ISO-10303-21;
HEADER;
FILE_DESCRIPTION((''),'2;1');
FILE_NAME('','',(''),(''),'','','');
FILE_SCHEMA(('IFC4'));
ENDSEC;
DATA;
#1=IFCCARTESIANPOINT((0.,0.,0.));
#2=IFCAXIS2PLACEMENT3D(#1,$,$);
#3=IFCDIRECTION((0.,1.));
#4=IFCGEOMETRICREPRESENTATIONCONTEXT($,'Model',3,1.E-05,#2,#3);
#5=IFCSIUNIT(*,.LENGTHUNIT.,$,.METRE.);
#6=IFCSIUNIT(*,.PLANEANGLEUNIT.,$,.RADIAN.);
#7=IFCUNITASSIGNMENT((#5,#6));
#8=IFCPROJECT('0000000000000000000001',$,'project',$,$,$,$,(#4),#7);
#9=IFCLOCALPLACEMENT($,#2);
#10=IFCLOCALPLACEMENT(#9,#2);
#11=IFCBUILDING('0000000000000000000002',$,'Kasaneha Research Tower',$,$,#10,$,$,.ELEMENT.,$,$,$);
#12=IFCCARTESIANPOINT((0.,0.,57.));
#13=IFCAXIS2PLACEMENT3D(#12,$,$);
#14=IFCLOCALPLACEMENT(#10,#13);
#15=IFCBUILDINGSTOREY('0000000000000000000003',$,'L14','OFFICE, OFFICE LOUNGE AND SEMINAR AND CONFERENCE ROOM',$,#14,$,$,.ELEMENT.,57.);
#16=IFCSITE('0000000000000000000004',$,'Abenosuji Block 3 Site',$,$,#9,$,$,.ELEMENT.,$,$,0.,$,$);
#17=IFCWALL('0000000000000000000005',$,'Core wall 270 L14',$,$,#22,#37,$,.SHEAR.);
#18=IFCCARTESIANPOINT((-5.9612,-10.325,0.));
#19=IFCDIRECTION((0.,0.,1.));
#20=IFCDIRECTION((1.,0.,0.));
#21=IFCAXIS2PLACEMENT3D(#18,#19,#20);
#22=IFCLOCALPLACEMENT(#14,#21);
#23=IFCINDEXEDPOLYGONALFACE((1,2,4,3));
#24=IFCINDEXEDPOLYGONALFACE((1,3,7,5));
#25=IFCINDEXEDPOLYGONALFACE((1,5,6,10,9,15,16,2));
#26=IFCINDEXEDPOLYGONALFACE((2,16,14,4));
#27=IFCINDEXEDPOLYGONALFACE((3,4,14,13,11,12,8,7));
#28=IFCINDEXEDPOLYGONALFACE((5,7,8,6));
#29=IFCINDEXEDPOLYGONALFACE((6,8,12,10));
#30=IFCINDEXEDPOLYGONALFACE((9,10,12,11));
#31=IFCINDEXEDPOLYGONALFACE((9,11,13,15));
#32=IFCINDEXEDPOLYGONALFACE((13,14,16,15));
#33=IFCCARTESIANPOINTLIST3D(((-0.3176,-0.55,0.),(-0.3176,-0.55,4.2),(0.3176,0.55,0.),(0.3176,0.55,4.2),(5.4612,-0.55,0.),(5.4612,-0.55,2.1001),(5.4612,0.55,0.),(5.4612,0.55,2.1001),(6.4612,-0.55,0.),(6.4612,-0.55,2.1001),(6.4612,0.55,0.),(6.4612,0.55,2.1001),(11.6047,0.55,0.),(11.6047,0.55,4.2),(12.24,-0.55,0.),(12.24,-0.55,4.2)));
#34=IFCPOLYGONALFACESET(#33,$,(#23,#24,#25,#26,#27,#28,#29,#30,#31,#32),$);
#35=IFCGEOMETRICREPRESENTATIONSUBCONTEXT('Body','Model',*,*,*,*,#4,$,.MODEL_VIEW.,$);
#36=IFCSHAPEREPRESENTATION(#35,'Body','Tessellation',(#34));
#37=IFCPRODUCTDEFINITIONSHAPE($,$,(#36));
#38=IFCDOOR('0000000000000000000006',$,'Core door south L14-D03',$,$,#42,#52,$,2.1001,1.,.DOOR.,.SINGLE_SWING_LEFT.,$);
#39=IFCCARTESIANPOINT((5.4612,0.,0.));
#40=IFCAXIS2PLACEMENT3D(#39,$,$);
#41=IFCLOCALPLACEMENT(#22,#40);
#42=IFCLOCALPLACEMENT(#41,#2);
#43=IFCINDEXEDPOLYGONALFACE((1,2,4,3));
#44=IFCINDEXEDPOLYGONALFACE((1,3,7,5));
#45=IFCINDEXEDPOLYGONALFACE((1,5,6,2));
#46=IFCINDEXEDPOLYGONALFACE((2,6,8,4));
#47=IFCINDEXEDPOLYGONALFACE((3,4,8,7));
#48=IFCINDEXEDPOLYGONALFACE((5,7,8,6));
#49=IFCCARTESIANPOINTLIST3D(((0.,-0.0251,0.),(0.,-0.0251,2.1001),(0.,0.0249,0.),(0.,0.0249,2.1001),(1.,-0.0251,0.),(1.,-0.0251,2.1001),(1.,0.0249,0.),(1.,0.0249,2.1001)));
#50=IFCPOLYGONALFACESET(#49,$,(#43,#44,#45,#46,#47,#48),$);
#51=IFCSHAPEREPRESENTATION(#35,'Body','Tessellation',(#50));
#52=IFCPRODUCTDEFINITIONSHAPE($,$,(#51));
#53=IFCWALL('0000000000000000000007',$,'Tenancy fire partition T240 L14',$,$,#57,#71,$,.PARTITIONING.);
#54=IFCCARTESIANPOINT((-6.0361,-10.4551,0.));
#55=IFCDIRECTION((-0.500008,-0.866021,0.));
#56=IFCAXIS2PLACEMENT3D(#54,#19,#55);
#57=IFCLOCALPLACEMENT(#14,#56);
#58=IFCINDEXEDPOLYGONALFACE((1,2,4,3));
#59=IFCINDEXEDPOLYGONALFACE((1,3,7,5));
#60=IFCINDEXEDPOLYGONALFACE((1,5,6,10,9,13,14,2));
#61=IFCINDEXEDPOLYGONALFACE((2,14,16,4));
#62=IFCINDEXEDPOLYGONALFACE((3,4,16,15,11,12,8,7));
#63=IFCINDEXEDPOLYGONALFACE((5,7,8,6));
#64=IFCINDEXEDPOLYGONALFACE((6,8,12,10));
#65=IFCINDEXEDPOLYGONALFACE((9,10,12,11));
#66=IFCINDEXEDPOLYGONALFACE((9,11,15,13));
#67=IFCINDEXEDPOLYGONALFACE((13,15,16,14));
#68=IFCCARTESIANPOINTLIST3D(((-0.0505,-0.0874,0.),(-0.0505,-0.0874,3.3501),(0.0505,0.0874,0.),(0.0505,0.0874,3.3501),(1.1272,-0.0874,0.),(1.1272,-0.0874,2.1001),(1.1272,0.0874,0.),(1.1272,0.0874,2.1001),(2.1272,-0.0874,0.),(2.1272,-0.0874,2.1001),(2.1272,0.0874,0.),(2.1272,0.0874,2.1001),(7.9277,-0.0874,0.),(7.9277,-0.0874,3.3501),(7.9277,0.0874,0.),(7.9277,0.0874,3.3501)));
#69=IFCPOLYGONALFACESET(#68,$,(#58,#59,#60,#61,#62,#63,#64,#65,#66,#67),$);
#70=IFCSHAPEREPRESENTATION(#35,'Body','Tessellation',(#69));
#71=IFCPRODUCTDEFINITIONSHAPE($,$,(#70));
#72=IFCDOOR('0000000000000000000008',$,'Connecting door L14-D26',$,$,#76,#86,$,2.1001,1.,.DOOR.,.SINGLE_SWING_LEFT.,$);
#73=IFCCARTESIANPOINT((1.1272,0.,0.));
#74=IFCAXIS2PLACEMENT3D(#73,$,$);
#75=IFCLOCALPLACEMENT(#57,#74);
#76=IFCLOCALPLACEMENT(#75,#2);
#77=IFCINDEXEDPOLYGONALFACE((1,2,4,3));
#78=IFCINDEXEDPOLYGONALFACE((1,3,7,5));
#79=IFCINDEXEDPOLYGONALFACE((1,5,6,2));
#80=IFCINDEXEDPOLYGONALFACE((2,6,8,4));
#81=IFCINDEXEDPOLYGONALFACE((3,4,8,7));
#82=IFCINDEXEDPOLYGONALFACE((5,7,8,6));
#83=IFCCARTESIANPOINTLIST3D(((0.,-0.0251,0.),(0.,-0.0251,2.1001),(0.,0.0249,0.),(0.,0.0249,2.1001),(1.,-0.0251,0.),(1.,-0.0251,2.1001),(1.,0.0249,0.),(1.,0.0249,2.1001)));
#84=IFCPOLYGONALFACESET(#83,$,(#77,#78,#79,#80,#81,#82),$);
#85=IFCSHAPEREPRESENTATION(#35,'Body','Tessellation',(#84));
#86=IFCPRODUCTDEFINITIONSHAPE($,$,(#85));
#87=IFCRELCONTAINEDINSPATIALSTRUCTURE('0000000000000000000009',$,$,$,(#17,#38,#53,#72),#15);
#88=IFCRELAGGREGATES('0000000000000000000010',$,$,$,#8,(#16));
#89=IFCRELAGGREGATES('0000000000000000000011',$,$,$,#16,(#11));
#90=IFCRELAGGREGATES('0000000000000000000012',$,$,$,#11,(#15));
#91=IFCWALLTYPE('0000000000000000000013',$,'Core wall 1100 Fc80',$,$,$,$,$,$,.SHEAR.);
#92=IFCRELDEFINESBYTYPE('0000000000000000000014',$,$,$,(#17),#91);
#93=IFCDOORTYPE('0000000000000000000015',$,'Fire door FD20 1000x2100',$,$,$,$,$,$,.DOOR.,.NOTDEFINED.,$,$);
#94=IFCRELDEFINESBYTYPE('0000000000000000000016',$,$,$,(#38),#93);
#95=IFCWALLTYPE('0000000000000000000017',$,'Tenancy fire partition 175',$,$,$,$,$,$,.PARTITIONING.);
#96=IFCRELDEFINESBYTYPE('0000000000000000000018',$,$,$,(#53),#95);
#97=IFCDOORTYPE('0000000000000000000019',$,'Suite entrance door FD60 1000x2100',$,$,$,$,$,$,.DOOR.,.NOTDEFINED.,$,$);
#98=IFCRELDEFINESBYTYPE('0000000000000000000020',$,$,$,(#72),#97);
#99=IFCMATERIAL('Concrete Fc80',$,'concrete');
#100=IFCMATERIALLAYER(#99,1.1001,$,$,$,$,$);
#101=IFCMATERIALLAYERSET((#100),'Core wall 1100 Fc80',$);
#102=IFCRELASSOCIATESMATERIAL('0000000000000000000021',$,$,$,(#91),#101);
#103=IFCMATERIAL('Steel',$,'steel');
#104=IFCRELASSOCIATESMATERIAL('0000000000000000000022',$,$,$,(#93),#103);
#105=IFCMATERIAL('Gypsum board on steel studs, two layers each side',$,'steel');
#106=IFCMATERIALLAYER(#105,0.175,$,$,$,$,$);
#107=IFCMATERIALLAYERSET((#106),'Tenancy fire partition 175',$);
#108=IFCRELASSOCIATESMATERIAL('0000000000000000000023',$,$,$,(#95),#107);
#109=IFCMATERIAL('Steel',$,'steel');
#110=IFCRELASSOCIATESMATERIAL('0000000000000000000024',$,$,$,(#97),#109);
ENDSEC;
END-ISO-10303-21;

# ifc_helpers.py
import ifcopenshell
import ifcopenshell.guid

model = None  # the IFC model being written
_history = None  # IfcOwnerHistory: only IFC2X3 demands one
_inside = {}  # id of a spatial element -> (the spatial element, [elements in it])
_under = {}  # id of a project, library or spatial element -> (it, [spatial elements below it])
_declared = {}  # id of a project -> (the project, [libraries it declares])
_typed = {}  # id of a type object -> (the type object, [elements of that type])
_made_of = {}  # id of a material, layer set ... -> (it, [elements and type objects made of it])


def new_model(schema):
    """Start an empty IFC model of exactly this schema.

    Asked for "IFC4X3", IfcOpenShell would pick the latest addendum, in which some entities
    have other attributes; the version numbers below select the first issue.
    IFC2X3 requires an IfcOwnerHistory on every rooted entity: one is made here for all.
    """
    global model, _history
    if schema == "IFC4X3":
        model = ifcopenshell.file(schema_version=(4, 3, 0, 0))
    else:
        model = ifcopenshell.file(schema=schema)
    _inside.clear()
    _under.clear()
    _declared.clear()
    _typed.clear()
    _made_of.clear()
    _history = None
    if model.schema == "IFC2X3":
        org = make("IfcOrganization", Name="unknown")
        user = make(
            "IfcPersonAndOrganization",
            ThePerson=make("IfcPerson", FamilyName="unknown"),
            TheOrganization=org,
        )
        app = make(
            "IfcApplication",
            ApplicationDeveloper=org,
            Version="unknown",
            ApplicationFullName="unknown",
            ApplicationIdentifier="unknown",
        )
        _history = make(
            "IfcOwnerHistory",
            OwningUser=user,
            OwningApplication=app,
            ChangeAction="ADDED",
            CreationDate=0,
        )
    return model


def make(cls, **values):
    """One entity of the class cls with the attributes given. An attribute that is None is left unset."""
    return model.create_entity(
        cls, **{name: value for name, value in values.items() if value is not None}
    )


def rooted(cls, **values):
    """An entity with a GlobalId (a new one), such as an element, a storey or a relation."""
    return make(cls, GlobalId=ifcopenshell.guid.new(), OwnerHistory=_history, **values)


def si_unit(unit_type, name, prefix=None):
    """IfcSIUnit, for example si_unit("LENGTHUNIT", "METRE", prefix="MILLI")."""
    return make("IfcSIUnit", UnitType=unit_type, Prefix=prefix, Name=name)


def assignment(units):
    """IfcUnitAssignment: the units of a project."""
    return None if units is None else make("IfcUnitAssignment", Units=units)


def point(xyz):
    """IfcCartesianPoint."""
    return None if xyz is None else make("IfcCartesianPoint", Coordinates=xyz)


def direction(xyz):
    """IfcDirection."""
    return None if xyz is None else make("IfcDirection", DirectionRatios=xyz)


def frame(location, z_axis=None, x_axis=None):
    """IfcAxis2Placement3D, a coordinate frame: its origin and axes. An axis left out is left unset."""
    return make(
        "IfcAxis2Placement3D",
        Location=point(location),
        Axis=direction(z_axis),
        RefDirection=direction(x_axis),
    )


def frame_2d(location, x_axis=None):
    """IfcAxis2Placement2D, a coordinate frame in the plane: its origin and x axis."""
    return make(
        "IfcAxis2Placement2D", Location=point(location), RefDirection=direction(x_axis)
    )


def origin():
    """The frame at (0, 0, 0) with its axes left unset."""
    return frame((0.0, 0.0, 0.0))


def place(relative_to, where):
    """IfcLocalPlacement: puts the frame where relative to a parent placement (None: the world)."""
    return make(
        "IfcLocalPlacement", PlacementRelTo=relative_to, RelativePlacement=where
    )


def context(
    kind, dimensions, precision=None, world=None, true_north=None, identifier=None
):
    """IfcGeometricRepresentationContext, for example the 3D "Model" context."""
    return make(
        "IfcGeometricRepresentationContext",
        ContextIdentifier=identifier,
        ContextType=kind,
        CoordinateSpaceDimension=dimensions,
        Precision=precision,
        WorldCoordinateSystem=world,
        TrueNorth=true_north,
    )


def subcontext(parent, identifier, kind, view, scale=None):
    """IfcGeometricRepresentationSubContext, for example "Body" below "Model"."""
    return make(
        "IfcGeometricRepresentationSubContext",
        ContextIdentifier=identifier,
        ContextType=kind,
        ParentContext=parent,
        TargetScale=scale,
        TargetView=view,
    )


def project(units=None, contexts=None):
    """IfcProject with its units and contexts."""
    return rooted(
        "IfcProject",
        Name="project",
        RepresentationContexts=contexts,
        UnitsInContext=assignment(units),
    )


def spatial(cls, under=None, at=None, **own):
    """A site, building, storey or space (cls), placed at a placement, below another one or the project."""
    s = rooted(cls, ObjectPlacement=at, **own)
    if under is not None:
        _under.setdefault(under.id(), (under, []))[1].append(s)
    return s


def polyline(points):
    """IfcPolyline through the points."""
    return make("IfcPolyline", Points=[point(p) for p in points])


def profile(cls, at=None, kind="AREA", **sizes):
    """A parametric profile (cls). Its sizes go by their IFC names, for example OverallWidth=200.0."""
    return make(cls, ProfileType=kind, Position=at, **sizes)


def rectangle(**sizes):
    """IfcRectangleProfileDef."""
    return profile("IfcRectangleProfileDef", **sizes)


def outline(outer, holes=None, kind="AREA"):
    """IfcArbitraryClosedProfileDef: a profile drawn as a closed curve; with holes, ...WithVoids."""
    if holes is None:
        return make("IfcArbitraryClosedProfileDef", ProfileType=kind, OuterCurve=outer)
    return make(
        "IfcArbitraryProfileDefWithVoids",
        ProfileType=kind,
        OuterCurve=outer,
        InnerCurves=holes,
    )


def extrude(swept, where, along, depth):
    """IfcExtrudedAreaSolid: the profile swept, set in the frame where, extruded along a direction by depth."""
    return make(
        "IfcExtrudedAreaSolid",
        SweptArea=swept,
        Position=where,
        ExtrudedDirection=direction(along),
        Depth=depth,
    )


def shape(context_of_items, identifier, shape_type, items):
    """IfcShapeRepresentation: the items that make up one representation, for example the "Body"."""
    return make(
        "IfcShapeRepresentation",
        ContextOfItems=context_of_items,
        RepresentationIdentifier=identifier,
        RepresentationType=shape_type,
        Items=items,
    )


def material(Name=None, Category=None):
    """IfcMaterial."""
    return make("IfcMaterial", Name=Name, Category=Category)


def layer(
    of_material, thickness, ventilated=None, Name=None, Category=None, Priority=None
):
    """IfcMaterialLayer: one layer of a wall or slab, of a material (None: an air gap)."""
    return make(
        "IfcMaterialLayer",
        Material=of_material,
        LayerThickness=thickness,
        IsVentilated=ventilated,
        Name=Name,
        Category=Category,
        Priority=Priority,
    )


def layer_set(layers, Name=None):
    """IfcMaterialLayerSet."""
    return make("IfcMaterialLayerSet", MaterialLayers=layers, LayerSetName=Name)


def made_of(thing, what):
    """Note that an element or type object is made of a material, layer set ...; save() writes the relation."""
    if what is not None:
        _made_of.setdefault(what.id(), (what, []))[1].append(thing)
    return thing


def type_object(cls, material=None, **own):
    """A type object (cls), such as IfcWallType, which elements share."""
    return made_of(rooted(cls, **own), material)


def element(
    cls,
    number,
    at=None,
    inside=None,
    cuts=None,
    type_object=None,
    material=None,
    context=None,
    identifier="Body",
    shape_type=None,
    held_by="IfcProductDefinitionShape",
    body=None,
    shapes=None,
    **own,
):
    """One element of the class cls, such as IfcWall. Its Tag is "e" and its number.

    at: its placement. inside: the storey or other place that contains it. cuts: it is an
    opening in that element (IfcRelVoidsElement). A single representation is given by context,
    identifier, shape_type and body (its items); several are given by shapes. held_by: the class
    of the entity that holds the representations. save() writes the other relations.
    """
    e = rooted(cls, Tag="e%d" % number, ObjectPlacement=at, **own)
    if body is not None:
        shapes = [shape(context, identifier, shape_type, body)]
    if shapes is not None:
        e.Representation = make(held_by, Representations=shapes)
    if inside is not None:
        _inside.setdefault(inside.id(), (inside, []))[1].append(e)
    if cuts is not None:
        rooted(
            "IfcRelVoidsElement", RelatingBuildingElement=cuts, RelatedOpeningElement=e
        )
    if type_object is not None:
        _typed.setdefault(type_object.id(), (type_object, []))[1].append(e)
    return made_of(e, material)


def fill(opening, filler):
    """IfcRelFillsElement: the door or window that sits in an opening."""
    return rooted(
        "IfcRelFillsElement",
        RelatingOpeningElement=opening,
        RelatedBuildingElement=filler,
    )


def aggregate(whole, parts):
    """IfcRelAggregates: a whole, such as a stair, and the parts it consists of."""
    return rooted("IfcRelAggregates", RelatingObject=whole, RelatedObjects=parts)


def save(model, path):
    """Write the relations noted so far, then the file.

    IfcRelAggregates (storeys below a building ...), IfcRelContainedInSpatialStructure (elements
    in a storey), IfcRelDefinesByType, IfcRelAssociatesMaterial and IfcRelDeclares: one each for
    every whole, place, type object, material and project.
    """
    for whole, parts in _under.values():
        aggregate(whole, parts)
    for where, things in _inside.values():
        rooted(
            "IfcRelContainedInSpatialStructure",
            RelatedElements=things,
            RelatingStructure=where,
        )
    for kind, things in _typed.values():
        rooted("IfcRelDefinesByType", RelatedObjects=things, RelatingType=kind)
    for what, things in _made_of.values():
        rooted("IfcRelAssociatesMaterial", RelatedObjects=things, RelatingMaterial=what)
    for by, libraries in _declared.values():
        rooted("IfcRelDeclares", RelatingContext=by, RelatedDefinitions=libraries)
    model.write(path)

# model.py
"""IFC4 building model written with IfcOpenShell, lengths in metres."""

from ifc_helpers import new_model, si_unit, direction, frame, frame_2d, origin, place, context, subcontext, project, spatial, polyline, rectangle, outline, extrude, material, layer, layer_set, type_object, element, fill, save


model = new_model("IFC4")

# Units and contexts
model_context = context("Model", 3, precision=1e-05, world=origin(), true_north=direction((0.0, 1.0)))
body_context = subcontext(model_context, "Body", "Model", "MODEL_VIEW")
ifc_project = project(units=[si_unit("LENGTHUNIT", "METRE"), si_unit("PLANEANGLEUNIT", "RADIAN")], contexts=[model_context])

# Site, building, storey
site_placement = place(None, origin())
site = spatial("IfcSite", under=ifc_project, at=site_placement, Name="Abenosuji Block 3 Site", CompositionType="ELEMENT", RefElevation=0.0)
building_placement = place(site_placement, origin())
building = spatial("IfcBuilding", under=site, at=building_placement, Name="Kasaneha Research Tower", CompositionType="ELEMENT")
storey_placement = place(building_placement, frame((0.0, 0.0, 57.0)))
storey = spatial("IfcBuildingStorey", under=building, at=storey_placement, Name="L14", Description="OFFICE, OFFICE LOUNGE AND SEMINAR AND CONFERENCE ROOM", CompositionType="ELEMENT", Elevation=57.0)

# Walls, openings, doors
ifc_material_1 = material(Name="Concrete Fc80", Category="concrete")
ifc_layer_1 = layer(ifc_material_1, 1.1001)
ifc_layer_set_1 = layer_set([ifc_layer_1], Name="Core wall 1100 Fc80")
wall_type_1 = type_object("IfcWallType", Name="Core wall 1100 Fc80", PredefinedType="SHEAR", material=ifc_layer_set_1)
wall_1_placement = place(storey_placement, frame((-5.9612, -10.325, 0.0), z_axis=(0.0, 0.0, 1.0), x_axis=(1.0, 0.0, 0.0)))
wall_1 = element("IfcWall", 1, at=wall_1_placement, inside=storey, type_object=wall_type_1, Name="Core wall 270 L14", PredefinedType="SHEAR", context=body_context, shape_type="SweptSolid", body=[
    extrude(outline(polyline([(-0.3176, -0.55), (5.4612, -0.55), (6.4612, -0.55), (12.24, -0.55), (11.6047, 0.55), (6.4612, 0.55), (5.4612, 0.55), (0.3176, 0.55), (-0.3176, -0.55)])), origin(), (0.0, 0.0, 1.0), 4.2),
])
opening_1_placement = place(wall_1_placement, frame((5.4612, 0.0, 0.0)))
opening_1 = element("IfcOpeningElement", 2, at=opening_1_placement, cuts=wall_1, PredefinedType="OPENING", context=body_context, shape_type="SweptSolid", body=[
    extrude(rectangle(XDim=1.0, YDim=2.1001, at=frame_2d((0.5, 1.05))), frame((0.0, 0.5601, 0.0), z_axis=(0.0, -1.0, 0.0), x_axis=(1.0, 0.0, 0.0)), (0.0, 0.0, 1.0), 1.1201),
])
ifc_material_2 = material(Name="Steel", Category="steel")
door_type_1 = type_object("IfcDoorType", Name="Fire door FD20 1000x2100", OperationType="NOTDEFINED", PredefinedType="DOOR", material=ifc_material_2)
door_1_placement = place(opening_1_placement, origin())
door_1 = element("IfcDoor", 3, at=door_1_placement, inside=storey, type_object=door_type_1, Name="Core door south L14-D03", OperationType="SINGLE_SWING_LEFT", OverallHeight=2.1001, OverallWidth=1.0, PredefinedType="DOOR", context=body_context, shape_type="SweptSolid", body=[
    extrude(rectangle(XDim=1.0, YDim=2.1001, at=frame_2d((0.5, 1.05))), frame((0.0, 0.0249, 0.0), z_axis=(0.0, -1.0, 0.0), x_axis=(1.0, 0.0, 0.0)), (0.0, 0.0, 1.0), 0.05),
])
fill(opening_1, door_1)
ifc_material_3 = material(Name="Gypsum board on steel studs, two layers each side", Category="steel")
ifc_layer_2 = layer(ifc_material_3, 0.175)
ifc_layer_set_2 = layer_set([ifc_layer_2], Name="Tenancy fire partition 175")
wall_type_2 = type_object("IfcWallType", Name="Tenancy fire partition 175", PredefinedType="PARTITIONING", material=ifc_layer_set_2)
wall_2_placement = place(storey_placement, frame((-6.0361, -10.4551, 0.0), z_axis=(0.0, 0.0, 1.0), x_axis=(-0.500008, -0.866021, 0.0)))
wall_2 = element("IfcWall", 4, at=wall_2_placement, inside=storey, type_object=wall_type_2, Name="Tenancy fire partition T240 L14", PredefinedType="PARTITIONING", context=body_context, shape_type="SweptSolid", body=[
    extrude(outline(polyline([(-0.0505, -0.0874), (1.1272, -0.0874), (2.1272, -0.0874), (7.9277, -0.0874), (7.9277, 0.0874), (2.1272, 0.0874), (1.1272, 0.0874), (0.0505, 0.0874), (-0.0505, -0.0874)])), origin(), (0.0, 0.0, 1.0), 3.3501),
])
opening_2_placement = place(wall_2_placement, frame((1.1272, 0.0, 0.0)))
opening_2 = element("IfcOpeningElement", 5, at=opening_2_placement, cuts=wall_2, PredefinedType="OPENING", context=body_context, shape_type="SweptSolid", body=[
    extrude(rectangle(XDim=1.0, YDim=2.1001, at=frame_2d((0.5, 1.05))), frame((0.0, 0.0977, 0.0), z_axis=(0.0, -1.0, 0.0), x_axis=(1.0, 0.0, 0.0)), (0.0, 0.0, 1.0), 0.1951),
])
ifc_material_4 = material(Name="Steel", Category="steel")
door_type_2 = type_object("IfcDoorType", Name="Suite entrance door FD60 1000x2100", OperationType="NOTDEFINED", PredefinedType="DOOR", material=ifc_material_4)
door_2_placement = place(opening_2_placement, origin())
door_2 = element("IfcDoor", 6, at=door_2_placement, inside=storey, type_object=door_type_2, Name="Connecting door L14-D26", OperationType="SINGLE_SWING_LEFT", OverallHeight=2.1001, OverallWidth=1.0, PredefinedType="DOOR", context=body_context, shape_type="SweptSolid", body=[
    extrude(rectangle(XDim=1.0, YDim=2.1001, at=frame_2d((0.5, 1.05))), frame((0.0, 0.0249, 0.0), z_axis=(0.0, -1.0, 0.0), x_axis=(1.0, 0.0, 0.0)), (0.0, 0.0, 1.0), 0.05),
])
fill(opening_2, door_2)

save(model, "model.ifc")
